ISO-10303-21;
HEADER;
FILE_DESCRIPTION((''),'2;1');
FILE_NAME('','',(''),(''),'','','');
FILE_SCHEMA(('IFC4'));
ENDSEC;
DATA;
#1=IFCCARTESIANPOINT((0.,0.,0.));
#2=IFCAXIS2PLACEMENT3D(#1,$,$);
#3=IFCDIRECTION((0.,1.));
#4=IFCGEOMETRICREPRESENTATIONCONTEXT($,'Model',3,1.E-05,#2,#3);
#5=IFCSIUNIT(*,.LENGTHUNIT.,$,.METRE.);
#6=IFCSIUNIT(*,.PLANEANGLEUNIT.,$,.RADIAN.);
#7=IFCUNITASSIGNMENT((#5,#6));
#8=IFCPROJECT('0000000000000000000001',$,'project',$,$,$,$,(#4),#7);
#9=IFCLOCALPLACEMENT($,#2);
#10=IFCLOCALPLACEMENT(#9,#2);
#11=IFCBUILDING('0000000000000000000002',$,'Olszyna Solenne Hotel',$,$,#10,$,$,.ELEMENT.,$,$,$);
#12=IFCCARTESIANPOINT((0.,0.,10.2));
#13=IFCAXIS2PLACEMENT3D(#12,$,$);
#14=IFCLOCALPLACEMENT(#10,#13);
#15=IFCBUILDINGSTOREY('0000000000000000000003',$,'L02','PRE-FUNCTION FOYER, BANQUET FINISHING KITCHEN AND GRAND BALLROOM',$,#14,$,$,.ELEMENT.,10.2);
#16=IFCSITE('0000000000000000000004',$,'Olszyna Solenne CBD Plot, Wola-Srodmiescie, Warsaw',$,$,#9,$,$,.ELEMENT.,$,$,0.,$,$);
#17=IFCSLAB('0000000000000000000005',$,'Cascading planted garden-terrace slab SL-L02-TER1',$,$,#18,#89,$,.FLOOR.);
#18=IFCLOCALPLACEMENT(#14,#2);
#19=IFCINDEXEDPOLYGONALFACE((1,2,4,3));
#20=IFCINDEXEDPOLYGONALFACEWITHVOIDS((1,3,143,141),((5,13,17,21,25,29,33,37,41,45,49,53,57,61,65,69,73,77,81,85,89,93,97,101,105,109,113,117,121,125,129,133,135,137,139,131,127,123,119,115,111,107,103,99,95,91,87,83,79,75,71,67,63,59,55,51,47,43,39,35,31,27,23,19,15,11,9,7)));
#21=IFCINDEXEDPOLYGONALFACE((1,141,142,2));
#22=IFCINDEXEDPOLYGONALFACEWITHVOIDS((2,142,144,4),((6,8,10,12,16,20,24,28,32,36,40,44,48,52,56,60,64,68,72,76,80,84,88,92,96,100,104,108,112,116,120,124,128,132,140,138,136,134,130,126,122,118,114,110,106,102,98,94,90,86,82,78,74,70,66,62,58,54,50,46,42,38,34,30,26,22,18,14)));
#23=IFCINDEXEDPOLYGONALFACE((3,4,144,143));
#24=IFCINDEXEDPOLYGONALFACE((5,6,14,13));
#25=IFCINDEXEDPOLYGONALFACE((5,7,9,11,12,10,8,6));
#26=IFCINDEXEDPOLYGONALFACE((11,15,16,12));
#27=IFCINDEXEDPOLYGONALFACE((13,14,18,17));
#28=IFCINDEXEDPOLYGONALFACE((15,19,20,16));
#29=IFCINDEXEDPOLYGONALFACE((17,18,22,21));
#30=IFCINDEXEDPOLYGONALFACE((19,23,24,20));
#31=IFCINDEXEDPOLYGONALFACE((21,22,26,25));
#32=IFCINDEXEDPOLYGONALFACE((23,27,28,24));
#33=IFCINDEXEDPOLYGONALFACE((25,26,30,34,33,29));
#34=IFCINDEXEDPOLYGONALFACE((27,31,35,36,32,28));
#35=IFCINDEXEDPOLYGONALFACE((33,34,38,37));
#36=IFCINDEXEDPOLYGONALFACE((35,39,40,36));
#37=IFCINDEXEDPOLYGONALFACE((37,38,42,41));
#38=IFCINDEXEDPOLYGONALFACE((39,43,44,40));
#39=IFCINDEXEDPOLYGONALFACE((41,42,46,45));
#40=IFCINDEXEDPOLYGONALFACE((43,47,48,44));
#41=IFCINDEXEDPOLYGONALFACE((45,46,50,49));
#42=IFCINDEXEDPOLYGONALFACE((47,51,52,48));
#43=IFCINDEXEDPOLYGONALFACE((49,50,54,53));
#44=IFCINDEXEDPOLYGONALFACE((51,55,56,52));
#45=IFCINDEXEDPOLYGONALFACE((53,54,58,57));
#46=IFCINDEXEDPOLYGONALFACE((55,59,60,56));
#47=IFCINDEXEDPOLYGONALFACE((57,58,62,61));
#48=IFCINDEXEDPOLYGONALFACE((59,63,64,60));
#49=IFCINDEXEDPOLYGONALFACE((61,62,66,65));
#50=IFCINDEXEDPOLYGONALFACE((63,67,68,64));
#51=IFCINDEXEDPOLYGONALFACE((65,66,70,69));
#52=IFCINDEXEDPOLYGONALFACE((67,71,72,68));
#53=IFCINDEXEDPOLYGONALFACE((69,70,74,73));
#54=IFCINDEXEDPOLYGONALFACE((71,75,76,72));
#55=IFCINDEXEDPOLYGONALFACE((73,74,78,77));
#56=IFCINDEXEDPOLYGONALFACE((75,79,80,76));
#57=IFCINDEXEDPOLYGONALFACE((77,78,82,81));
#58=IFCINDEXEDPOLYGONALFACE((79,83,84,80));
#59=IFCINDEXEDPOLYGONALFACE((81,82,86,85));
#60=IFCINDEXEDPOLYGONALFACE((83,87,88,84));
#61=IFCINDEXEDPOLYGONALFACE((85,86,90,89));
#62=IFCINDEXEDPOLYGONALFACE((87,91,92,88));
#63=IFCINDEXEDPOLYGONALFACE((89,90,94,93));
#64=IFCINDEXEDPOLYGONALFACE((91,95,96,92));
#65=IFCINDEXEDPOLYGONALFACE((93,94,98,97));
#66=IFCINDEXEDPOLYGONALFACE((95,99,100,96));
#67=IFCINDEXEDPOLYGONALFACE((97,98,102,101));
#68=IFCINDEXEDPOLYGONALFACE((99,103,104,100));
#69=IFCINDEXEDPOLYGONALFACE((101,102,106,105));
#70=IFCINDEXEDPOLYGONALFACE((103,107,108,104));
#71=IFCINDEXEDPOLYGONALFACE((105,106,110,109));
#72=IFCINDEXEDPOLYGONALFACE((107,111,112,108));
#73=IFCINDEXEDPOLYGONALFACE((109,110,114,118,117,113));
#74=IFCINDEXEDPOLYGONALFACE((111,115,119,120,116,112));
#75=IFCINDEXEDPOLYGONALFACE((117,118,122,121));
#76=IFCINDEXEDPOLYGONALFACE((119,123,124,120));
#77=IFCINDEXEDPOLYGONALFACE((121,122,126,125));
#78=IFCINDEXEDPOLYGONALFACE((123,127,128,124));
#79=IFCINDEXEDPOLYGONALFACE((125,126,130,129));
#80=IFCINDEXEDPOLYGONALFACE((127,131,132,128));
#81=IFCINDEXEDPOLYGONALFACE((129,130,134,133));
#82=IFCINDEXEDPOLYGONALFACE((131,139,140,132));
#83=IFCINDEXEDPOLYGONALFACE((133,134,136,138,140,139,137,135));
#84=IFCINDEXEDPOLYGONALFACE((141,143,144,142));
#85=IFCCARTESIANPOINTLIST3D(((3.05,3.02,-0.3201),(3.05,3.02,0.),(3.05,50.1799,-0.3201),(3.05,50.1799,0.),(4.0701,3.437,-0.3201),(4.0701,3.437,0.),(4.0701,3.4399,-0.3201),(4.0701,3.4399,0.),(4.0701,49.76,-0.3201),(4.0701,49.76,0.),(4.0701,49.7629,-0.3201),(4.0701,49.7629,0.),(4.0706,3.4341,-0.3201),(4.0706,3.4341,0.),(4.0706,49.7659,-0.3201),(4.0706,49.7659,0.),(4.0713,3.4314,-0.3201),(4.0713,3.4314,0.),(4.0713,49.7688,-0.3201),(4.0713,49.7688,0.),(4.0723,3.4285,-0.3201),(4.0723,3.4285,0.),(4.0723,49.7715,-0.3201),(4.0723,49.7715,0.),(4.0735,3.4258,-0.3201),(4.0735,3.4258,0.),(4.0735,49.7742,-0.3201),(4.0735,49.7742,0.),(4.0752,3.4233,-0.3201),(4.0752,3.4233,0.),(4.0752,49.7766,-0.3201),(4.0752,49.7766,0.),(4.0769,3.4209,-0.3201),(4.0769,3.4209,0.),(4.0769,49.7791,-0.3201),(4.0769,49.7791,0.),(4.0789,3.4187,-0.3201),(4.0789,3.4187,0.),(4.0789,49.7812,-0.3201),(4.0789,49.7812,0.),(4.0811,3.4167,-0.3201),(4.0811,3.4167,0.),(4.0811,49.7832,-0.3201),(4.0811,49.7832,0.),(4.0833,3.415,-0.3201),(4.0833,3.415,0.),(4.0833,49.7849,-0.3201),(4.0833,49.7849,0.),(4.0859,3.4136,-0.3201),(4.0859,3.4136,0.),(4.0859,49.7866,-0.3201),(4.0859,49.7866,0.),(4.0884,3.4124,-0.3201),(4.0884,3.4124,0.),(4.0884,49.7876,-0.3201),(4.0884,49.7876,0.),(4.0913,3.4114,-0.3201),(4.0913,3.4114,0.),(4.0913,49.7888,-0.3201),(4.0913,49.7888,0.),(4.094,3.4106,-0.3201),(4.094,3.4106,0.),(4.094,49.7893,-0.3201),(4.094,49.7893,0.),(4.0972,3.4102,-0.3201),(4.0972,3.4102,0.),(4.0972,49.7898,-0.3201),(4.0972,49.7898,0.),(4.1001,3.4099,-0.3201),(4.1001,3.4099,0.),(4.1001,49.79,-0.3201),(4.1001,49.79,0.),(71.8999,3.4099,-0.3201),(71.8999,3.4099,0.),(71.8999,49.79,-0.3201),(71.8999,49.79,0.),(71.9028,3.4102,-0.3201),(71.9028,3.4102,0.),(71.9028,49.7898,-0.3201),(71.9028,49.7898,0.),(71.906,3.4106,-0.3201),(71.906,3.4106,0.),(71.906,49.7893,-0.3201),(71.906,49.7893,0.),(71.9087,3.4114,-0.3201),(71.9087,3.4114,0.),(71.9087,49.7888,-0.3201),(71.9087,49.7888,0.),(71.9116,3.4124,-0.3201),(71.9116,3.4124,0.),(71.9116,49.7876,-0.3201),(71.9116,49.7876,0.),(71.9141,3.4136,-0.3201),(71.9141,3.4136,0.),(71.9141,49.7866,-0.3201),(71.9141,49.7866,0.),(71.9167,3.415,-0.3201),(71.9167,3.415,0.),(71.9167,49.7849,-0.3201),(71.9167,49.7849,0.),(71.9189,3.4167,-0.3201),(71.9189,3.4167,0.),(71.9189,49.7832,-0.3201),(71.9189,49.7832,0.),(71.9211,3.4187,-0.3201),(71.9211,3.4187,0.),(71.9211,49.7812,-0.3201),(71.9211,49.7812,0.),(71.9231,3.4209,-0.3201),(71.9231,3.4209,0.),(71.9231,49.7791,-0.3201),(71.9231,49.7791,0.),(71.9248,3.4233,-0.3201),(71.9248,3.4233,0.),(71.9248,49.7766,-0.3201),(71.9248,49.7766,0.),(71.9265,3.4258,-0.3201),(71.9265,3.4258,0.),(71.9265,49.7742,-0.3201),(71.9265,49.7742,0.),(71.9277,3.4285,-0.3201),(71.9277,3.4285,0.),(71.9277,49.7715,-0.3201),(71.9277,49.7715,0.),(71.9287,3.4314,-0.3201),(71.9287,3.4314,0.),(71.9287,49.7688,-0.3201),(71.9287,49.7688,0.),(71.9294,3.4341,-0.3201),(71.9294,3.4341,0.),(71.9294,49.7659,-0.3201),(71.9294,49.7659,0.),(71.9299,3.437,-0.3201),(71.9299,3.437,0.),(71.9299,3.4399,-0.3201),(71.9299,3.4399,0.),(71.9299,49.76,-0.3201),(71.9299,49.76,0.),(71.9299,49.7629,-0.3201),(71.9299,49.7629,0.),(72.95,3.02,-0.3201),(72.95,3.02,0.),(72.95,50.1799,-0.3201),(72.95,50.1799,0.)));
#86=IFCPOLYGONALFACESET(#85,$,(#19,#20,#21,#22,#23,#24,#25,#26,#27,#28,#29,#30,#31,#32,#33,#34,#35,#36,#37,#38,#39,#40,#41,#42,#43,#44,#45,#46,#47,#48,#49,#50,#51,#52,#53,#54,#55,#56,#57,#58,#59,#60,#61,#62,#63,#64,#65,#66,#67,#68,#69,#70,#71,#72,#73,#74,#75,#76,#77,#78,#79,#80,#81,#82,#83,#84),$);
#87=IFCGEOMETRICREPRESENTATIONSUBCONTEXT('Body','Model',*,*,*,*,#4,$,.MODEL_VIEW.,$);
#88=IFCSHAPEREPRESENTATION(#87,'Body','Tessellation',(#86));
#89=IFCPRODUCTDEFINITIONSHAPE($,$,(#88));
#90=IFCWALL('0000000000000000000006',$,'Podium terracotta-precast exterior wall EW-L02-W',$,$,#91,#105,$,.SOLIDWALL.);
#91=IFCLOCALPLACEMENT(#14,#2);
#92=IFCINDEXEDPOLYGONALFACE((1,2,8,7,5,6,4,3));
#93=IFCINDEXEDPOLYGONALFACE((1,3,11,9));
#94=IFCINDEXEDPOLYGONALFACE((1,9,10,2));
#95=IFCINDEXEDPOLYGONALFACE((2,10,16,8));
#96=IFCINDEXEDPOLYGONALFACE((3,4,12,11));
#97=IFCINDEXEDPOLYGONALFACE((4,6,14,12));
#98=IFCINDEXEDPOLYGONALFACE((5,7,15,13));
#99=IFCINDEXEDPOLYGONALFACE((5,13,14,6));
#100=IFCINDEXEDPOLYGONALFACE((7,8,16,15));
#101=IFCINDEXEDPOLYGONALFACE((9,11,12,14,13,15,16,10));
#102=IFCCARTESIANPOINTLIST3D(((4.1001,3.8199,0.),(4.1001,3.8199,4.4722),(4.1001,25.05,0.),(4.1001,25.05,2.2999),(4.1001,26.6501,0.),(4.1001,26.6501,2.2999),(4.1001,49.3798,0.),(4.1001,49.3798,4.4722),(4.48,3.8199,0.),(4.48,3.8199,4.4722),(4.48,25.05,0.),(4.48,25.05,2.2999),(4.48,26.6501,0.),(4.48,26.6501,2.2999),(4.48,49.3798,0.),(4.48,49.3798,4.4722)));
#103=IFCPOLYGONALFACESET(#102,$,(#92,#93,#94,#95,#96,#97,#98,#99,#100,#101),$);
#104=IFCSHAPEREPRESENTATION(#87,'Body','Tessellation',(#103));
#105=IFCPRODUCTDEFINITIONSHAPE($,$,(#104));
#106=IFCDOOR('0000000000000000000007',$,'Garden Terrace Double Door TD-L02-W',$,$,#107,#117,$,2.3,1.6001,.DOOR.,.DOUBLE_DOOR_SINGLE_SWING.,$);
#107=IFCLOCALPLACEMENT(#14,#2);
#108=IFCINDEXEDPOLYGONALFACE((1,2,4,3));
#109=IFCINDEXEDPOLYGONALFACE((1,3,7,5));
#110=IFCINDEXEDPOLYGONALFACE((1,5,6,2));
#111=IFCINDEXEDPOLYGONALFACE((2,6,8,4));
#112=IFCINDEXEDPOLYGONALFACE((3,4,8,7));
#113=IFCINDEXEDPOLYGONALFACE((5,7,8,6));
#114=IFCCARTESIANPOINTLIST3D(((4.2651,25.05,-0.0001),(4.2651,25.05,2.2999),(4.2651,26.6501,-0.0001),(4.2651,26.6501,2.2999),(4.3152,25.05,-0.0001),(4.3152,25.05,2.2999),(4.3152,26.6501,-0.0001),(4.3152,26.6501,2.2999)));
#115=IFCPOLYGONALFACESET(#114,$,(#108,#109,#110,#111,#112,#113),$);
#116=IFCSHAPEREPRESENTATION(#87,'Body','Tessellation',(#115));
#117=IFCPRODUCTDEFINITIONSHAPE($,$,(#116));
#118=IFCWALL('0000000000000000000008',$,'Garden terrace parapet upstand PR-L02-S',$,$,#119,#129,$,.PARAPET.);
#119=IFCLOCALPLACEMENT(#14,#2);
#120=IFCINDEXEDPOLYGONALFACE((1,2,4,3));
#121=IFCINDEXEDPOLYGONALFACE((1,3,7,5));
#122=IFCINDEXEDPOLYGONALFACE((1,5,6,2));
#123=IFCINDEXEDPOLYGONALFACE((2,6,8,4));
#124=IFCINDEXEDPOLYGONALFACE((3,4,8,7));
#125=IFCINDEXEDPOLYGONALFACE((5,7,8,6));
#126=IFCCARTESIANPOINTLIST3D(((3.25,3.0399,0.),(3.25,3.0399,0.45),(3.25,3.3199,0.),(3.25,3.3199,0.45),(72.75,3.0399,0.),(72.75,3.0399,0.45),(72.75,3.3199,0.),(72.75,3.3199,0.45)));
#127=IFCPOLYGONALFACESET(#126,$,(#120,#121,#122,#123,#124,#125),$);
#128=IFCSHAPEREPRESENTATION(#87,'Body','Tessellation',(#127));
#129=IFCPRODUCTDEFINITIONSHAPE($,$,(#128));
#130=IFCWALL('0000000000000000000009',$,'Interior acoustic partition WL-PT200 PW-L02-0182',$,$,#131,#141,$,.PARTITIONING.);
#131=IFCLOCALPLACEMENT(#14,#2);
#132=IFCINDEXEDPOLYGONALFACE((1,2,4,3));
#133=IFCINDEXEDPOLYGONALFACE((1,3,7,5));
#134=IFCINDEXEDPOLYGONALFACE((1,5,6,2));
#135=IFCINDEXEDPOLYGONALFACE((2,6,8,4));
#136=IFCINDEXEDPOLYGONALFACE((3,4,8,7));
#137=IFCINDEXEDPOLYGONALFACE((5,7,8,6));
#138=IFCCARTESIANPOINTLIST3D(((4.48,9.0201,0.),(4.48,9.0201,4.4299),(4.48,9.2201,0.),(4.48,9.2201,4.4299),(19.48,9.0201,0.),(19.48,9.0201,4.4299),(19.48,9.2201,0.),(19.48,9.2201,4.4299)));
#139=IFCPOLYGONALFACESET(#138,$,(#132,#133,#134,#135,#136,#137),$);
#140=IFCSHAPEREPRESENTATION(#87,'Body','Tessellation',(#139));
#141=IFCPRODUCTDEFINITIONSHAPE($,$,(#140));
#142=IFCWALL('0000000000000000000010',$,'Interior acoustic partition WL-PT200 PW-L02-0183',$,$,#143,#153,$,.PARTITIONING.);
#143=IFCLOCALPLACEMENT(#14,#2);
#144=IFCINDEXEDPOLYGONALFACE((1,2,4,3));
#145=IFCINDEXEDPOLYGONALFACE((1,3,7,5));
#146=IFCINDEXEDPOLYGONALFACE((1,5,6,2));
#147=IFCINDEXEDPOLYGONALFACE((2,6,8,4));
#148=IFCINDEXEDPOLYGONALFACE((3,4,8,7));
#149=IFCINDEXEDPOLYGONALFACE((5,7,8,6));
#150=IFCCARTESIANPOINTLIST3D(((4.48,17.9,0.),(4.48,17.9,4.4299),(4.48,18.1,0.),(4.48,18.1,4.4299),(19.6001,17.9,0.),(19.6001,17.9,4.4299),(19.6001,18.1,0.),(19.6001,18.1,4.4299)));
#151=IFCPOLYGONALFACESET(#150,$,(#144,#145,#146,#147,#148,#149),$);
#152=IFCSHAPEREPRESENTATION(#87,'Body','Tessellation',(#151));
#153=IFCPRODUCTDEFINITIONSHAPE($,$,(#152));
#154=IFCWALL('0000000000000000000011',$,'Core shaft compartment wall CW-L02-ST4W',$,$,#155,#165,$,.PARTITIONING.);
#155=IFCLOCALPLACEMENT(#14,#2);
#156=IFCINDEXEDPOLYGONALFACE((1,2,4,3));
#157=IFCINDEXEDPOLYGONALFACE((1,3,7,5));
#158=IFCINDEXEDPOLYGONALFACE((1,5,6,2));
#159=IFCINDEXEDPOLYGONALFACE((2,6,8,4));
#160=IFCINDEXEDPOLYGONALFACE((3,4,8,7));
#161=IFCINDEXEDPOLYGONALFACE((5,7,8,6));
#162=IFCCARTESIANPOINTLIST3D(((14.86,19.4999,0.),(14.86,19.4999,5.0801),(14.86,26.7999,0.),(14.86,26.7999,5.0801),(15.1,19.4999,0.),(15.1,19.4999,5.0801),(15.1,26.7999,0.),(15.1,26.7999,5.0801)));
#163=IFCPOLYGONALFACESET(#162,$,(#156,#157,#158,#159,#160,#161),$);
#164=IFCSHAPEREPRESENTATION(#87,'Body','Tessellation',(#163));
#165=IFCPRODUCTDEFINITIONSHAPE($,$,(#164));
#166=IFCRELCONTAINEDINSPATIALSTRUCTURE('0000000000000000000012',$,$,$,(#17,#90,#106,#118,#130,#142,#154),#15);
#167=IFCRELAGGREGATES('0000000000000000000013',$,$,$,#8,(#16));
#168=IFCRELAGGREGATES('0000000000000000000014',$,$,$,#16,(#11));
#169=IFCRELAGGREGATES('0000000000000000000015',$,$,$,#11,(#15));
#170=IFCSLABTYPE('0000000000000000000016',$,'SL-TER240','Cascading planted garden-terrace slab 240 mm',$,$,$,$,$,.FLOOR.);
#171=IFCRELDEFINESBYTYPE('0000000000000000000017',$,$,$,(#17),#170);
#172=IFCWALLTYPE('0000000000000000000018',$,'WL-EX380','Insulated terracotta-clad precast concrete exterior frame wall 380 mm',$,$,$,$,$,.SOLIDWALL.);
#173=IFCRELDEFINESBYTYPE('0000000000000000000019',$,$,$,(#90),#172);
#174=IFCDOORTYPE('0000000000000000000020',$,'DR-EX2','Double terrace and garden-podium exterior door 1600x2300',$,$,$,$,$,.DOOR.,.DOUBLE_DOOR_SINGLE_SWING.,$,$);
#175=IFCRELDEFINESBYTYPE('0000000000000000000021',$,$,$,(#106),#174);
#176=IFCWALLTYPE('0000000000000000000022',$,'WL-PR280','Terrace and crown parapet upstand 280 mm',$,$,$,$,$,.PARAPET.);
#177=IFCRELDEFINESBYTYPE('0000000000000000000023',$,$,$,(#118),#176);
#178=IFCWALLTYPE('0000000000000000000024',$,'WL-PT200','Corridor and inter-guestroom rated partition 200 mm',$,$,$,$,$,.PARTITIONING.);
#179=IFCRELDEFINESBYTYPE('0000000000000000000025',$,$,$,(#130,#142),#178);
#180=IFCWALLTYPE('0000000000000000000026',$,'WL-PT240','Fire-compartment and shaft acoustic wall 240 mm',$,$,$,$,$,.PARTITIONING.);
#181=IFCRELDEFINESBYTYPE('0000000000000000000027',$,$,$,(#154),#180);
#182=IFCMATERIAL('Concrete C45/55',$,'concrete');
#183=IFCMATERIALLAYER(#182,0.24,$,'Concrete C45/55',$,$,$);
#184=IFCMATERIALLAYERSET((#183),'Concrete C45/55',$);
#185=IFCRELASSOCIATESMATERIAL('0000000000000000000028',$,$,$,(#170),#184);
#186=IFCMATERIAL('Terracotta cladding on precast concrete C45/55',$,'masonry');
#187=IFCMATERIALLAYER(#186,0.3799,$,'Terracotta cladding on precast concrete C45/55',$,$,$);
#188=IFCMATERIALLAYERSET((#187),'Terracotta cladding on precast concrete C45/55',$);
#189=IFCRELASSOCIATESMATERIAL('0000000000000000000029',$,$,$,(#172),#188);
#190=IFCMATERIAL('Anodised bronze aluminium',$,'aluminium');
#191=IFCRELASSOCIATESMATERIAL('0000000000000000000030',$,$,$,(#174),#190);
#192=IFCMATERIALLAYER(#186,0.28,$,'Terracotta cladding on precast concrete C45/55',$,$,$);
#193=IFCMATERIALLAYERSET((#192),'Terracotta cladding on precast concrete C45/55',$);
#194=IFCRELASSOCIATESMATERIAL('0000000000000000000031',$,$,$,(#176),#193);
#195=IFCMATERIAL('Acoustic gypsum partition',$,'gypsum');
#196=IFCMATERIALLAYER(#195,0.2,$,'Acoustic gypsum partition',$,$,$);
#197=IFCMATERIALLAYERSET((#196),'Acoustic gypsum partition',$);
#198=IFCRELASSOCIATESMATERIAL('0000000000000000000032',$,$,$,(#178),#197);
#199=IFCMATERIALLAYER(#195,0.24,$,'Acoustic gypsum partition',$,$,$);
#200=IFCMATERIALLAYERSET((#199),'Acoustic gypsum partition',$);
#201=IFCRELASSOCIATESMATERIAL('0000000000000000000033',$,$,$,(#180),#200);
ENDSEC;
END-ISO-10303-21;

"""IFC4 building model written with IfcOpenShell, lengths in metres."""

from ifc_helpers import new_model, si_unit, direction, frame, frame_2d, origin, place, context, subcontext, project, spatial, polyline, rectangle, outline, extrude, source, transform, mapped, material, layer, layer_set, type_object, type_shapes, element, fill, save


model = new_model("IFC4")

# Units and contexts
model_context = context("Model", 3, precision=1e-05, world=origin(), true_north=direction((0.0, 1.0)))
body_context = subcontext(model_context, "Body", "Model", "MODEL_VIEW")
ifc_project = project(units=[si_unit("LENGTHUNIT", "METRE"), si_unit("PLANEANGLEUNIT", "RADIAN")], contexts=[model_context])

# Site, building, storey
site_placement = place(None, origin())
site = spatial("IfcSite", under=ifc_project, at=site_placement, Name="Olszyna Solenne CBD Plot, Wola-Srodmiescie, Warsaw", CompositionType="ELEMENT", RefElevation=0.0)
building_placement = place(site_placement, origin())
building = spatial("IfcBuilding", under=site, at=building_placement, Name="Olszyna Solenne Hotel", CompositionType="ELEMENT")
storey_placement = place(building_placement, frame((0.0, 0.0, 10.2)))
storey = spatial("IfcBuildingStorey", under=building, at=storey_placement, Name="L02", Description="PRE-FUNCTION FOYER, BANQUET FINISHING KITCHEN AND GRAND BALLROOM", CompositionType="ELEMENT", Elevation=10.2)

# Slab
ifc_material_1 = material(Name="Concrete C45/55", Category="concrete")
ifc_layer_1 = layer(ifc_material_1, 0.24, Name="Concrete C45/55")
ifc_layer_set_1 = layer_set([ifc_layer_1], Name="Concrete C45/55")
slab_type_1 = type_object("IfcSlabType", Name="SL-TER240", Description="Cascading planted garden-terrace slab 240 mm", PredefinedType="FLOOR", material=ifc_layer_set_1)
slab_1_placement = place(storey_placement, frame((0.0, 0.0, -0.3201)))
element("IfcSlab", 1, at=slab_1_placement, inside=storey, type_object=slab_type_1, Name="Cascading planted garden-terrace slab SL-L02-TER1", PredefinedType="FLOOR", context=body_context, shape_type="SweptSolid", body=[
    extrude(outline(polyline([(3.05, 3.02), (72.95, 3.02), (72.95, 50.1799), (3.05, 50.1799), (3.05, 3.02)]), holes=[polyline([(4.0701, 3.437), (4.0706, 3.4341), (4.0713, 3.4314), (4.0723, 3.4285), (4.0735, 3.4258), (4.0752, 3.4233), (4.0769, 3.4209), (4.0789, 3.4187), (4.0811, 3.4167), (4.0833, 3.415), (4.0859, 3.4136), (4.0884, 3.4124), (4.0913, 3.4114), (4.094, 3.4106), (4.0972, 3.4102), (4.1001, 3.4099), (71.8999, 3.4099), (71.9028, 3.4102), (71.906, 3.4106), (71.9087, 3.4114), (71.9116, 3.4124), (71.9141, 3.4136), (71.9167, 3.415), (71.9189, 3.4167), (71.9211, 3.4187), (71.9231, 3.4209), (71.9248, 3.4233), (71.9265, 3.4258), (71.9277, 3.4285), (71.9287, 3.4314), (71.9294, 3.4341), (71.9299, 3.437), (71.9299, 3.4399), (71.9299, 49.76), (71.9299, 49.7629), (71.9294, 49.7659), (71.9287, 49.7688), (71.9277, 49.7715), (71.9265, 49.7742), (71.9248, 49.7766), (71.9231, 49.7791), (71.9211, 49.7812), (71.9189, 49.7832), (71.9167, 49.7849), (71.9141, 49.7866), (71.9116, 49.7876), (71.9087, 49.7888), (71.906, 49.7893), (71.9028, 49.7898), (71.8999, 49.79), (4.1001, 49.79), (4.0972, 49.7898), (4.094, 49.7893), (4.0913, 49.7888), (4.0884, 49.7876), (4.0859, 49.7866), (4.0833, 49.7849), (4.0811, 49.7832), (4.0789, 49.7812), (4.0769, 49.7791), (4.0752, 49.7766), (4.0735, 49.7742), (4.0723, 49.7715), (4.0713, 49.7688), (4.0706, 49.7659), (4.0701, 49.7629), (4.0701, 49.76), (4.0701, 3.4399), (4.0701, 3.437)])]), origin(), (0.0, 0.0, 1.0), 0.3201),
])

# Wall, opening, door
ifc_material_2 = material(Name="Terracotta cladding on precast concrete C45/55", Category="masonry")
ifc_layer_2 = layer(ifc_material_2, 0.3799, Name="Terracotta cladding on precast concrete C45/55")
ifc_layer_set_2 = layer_set([ifc_layer_2], Name="Terracotta cladding on precast concrete C45/55")
wall_type_1 = type_object("IfcWallType", Name="WL-EX380", Description="Insulated terracotta-clad precast concrete exterior frame wall 380 mm", PredefinedType="SOLIDWALL", material=ifc_layer_set_2)
wall_1_placement = place(storey_placement, frame((4.29, 3.8201, 0.0), z_axis=(0.0, 0.0, 1.0), x_axis=(0.0, 1.0, 0.0)))
wall_1 = element("IfcWall", 2, at=wall_1_placement, inside=storey, type_object=wall_type_1, Name="Podium terracotta-precast exterior wall EW-L02-W", PredefinedType="SOLIDWALL", context=body_context, shape_type="SweptSolid", body=[
    extrude(rectangle(XDim=45.5598, YDim=0.3799, at=frame_2d((22.7798, 0.0))), origin(), (0.0, 0.0, 1.0), 4.4722),
])
opening_placement = place(wall_1_placement, frame((21.23, 0.0, 0.0)))
opening = element("IfcOpeningElement", 3, at=opening_placement, cuts=wall_1, PredefinedType="OPENING", context=body_context, shape_type="SweptSolid", body=[
    extrude(rectangle(XDim=1.6001, YDim=2.3, at=frame_2d((0.8, 1.1499))), frame((0.0, 0.2, 0.0), z_axis=(0.0, -1.0, 0.0), x_axis=(1.0, 0.0, 0.0)), (0.0, 0.0, 1.0), 0.3999),
])
ifc_material_3 = material(Name="Anodised bronze aluminium", Category="aluminium")
door_type = type_object("IfcDoorType", Name="DR-EX2", Description="Double terrace and garden-podium exterior door 1600x2300", OperationType="DOUBLE_DOOR_SINGLE_SWING", PredefinedType="DOOR", material=ifc_material_3)
shared_shape_1 = source(origin(), body_context, "Body", "SweptSolid", [
    extrude(rectangle(XDim=1.6001, YDim=2.3, at=frame_2d((0.8, 1.1499))), frame((0.0, 0.0249, 0.0), z_axis=(0.0, -1.0, 0.0), x_axis=(1.0, 0.0, 0.0)), (0.0, 0.0, 1.0), 0.05),
])
type_shapes(door_type, [shared_shape_1])
door_placement = place(opening_placement, origin())
door = element("IfcDoor", 4, at=door_placement, inside=storey, type_object=door_type, Name="Garden Terrace Double Door TD-L02-W", OperationType="DOUBLE_DOOR_SINGLE_SWING", OverallHeight=2.3, OverallWidth=1.6001, PredefinedType="DOOR", context=body_context, shape_type="MappedRepresentation", body=[
    mapped(shared_shape_1, transform((0.0, 0.0, 0.0), x_axis=(1.0, 0.0, 0.0), y_axis=(0.0, 1.0, 0.0), z_axis=(0.0, 0.0, 1.0), scale=1.0)),
])
fill(opening, door)

# Walls
ifc_layer_3 = layer(ifc_material_2, 0.28, Name="Terracotta cladding on precast concrete C45/55")
ifc_layer_set_3 = layer_set([ifc_layer_3], Name="Terracotta cladding on precast concrete C45/55")
wall_type_2 = type_object("IfcWallType", Name="WL-PR280", Description="Terrace and crown parapet upstand 280 mm", PredefinedType="PARAPET", material=ifc_layer_set_3)
wall_2_placement = place(storey_placement, frame((3.25, 3.1799, 0.0), z_axis=(0.0, 0.0, 1.0), x_axis=(1.0, 0.0, 0.0)))
element("IfcWall", 5, at=wall_2_placement, inside=storey, type_object=wall_type_2, Name="Garden terrace parapet upstand PR-L02-S", PredefinedType="PARAPET", context=body_context, shape_type="SweptSolid", body=[
    extrude(rectangle(XDim=69.5, YDim=0.28, at=frame_2d((34.75, 0.0))), origin(), (0.0, 0.0, 1.0), 0.45),
])
ifc_material_4 = material(Name="Acoustic gypsum partition", Category="gypsum")
ifc_layer_4 = layer(ifc_material_4, 0.2, Name="Acoustic gypsum partition")
ifc_layer_set_4 = layer_set([ifc_layer_4], Name="Acoustic gypsum partition")
wall_type_3 = type_object("IfcWallType", Name="WL-PT200", Description="Corridor and inter-guestroom rated partition 200 mm", PredefinedType="PARTITIONING", material=ifc_layer_set_4)
wall_3_placement = place(storey_placement, frame((4.48, 9.1201, 0.0), z_axis=(0.0, 0.0, 1.0), x_axis=(1.0, 0.0, 0.0)))
element("IfcWall", 6, at=wall_3_placement, inside=storey, type_object=wall_type_3, Name="Interior acoustic partition WL-PT200 PW-L02-0182", PredefinedType="PARTITIONING", context=body_context, shape_type="SweptSolid", body=[
    extrude(rectangle(XDim=15.0, YDim=0.2, at=frame_2d((7.5, 0.0))), origin(), (0.0, 0.0, 1.0), 4.4299),
])
wall_4_placement = place(storey_placement, frame((4.48, 18.0, 0.0), z_axis=(0.0, 0.0, 1.0), x_axis=(1.0, 0.0, 0.0)))
element("IfcWall", 7, at=wall_4_placement, inside=storey, type_object=wall_type_3, Name="Interior acoustic partition WL-PT200 PW-L02-0183", PredefinedType="PARTITIONING", context=body_context, shape_type="SweptSolid", body=[
    extrude(rectangle(XDim=15.1201, YDim=0.2, at=frame_2d((7.5601, 0.0))), origin(), (0.0, 0.0, 1.0), 4.4299),
])
ifc_layer_5 = layer(ifc_material_4, 0.24, Name="Acoustic gypsum partition")
ifc_layer_set_5 = layer_set([ifc_layer_5], Name="Acoustic gypsum partition")
wall_type_4 = type_object("IfcWallType", Name="WL-PT240", Description="Fire-compartment and shaft acoustic wall 240 mm", PredefinedType="PARTITIONING", material=ifc_layer_set_5)
wall_5_placement = place(storey_placement, frame((14.98, 19.5, 0.0), z_axis=(0.0, 0.0, 1.0), x_axis=(0.0, 1.0, 0.0)))
element("IfcWall", 8, at=wall_5_placement, inside=storey, type_object=wall_type_4, Name="Core shaft compartment wall CW-L02-ST4W", PredefinedType="PARTITIONING", context=body_context, shape_type="SweptSolid", body=[
    extrude(rectangle(XDim=7.3, YDim=0.24, at=frame_2d((3.6499, 0.0))), origin(), (0.0, 0.0, 1.0), 5.0801),
])

save(model, "model.ifc")
